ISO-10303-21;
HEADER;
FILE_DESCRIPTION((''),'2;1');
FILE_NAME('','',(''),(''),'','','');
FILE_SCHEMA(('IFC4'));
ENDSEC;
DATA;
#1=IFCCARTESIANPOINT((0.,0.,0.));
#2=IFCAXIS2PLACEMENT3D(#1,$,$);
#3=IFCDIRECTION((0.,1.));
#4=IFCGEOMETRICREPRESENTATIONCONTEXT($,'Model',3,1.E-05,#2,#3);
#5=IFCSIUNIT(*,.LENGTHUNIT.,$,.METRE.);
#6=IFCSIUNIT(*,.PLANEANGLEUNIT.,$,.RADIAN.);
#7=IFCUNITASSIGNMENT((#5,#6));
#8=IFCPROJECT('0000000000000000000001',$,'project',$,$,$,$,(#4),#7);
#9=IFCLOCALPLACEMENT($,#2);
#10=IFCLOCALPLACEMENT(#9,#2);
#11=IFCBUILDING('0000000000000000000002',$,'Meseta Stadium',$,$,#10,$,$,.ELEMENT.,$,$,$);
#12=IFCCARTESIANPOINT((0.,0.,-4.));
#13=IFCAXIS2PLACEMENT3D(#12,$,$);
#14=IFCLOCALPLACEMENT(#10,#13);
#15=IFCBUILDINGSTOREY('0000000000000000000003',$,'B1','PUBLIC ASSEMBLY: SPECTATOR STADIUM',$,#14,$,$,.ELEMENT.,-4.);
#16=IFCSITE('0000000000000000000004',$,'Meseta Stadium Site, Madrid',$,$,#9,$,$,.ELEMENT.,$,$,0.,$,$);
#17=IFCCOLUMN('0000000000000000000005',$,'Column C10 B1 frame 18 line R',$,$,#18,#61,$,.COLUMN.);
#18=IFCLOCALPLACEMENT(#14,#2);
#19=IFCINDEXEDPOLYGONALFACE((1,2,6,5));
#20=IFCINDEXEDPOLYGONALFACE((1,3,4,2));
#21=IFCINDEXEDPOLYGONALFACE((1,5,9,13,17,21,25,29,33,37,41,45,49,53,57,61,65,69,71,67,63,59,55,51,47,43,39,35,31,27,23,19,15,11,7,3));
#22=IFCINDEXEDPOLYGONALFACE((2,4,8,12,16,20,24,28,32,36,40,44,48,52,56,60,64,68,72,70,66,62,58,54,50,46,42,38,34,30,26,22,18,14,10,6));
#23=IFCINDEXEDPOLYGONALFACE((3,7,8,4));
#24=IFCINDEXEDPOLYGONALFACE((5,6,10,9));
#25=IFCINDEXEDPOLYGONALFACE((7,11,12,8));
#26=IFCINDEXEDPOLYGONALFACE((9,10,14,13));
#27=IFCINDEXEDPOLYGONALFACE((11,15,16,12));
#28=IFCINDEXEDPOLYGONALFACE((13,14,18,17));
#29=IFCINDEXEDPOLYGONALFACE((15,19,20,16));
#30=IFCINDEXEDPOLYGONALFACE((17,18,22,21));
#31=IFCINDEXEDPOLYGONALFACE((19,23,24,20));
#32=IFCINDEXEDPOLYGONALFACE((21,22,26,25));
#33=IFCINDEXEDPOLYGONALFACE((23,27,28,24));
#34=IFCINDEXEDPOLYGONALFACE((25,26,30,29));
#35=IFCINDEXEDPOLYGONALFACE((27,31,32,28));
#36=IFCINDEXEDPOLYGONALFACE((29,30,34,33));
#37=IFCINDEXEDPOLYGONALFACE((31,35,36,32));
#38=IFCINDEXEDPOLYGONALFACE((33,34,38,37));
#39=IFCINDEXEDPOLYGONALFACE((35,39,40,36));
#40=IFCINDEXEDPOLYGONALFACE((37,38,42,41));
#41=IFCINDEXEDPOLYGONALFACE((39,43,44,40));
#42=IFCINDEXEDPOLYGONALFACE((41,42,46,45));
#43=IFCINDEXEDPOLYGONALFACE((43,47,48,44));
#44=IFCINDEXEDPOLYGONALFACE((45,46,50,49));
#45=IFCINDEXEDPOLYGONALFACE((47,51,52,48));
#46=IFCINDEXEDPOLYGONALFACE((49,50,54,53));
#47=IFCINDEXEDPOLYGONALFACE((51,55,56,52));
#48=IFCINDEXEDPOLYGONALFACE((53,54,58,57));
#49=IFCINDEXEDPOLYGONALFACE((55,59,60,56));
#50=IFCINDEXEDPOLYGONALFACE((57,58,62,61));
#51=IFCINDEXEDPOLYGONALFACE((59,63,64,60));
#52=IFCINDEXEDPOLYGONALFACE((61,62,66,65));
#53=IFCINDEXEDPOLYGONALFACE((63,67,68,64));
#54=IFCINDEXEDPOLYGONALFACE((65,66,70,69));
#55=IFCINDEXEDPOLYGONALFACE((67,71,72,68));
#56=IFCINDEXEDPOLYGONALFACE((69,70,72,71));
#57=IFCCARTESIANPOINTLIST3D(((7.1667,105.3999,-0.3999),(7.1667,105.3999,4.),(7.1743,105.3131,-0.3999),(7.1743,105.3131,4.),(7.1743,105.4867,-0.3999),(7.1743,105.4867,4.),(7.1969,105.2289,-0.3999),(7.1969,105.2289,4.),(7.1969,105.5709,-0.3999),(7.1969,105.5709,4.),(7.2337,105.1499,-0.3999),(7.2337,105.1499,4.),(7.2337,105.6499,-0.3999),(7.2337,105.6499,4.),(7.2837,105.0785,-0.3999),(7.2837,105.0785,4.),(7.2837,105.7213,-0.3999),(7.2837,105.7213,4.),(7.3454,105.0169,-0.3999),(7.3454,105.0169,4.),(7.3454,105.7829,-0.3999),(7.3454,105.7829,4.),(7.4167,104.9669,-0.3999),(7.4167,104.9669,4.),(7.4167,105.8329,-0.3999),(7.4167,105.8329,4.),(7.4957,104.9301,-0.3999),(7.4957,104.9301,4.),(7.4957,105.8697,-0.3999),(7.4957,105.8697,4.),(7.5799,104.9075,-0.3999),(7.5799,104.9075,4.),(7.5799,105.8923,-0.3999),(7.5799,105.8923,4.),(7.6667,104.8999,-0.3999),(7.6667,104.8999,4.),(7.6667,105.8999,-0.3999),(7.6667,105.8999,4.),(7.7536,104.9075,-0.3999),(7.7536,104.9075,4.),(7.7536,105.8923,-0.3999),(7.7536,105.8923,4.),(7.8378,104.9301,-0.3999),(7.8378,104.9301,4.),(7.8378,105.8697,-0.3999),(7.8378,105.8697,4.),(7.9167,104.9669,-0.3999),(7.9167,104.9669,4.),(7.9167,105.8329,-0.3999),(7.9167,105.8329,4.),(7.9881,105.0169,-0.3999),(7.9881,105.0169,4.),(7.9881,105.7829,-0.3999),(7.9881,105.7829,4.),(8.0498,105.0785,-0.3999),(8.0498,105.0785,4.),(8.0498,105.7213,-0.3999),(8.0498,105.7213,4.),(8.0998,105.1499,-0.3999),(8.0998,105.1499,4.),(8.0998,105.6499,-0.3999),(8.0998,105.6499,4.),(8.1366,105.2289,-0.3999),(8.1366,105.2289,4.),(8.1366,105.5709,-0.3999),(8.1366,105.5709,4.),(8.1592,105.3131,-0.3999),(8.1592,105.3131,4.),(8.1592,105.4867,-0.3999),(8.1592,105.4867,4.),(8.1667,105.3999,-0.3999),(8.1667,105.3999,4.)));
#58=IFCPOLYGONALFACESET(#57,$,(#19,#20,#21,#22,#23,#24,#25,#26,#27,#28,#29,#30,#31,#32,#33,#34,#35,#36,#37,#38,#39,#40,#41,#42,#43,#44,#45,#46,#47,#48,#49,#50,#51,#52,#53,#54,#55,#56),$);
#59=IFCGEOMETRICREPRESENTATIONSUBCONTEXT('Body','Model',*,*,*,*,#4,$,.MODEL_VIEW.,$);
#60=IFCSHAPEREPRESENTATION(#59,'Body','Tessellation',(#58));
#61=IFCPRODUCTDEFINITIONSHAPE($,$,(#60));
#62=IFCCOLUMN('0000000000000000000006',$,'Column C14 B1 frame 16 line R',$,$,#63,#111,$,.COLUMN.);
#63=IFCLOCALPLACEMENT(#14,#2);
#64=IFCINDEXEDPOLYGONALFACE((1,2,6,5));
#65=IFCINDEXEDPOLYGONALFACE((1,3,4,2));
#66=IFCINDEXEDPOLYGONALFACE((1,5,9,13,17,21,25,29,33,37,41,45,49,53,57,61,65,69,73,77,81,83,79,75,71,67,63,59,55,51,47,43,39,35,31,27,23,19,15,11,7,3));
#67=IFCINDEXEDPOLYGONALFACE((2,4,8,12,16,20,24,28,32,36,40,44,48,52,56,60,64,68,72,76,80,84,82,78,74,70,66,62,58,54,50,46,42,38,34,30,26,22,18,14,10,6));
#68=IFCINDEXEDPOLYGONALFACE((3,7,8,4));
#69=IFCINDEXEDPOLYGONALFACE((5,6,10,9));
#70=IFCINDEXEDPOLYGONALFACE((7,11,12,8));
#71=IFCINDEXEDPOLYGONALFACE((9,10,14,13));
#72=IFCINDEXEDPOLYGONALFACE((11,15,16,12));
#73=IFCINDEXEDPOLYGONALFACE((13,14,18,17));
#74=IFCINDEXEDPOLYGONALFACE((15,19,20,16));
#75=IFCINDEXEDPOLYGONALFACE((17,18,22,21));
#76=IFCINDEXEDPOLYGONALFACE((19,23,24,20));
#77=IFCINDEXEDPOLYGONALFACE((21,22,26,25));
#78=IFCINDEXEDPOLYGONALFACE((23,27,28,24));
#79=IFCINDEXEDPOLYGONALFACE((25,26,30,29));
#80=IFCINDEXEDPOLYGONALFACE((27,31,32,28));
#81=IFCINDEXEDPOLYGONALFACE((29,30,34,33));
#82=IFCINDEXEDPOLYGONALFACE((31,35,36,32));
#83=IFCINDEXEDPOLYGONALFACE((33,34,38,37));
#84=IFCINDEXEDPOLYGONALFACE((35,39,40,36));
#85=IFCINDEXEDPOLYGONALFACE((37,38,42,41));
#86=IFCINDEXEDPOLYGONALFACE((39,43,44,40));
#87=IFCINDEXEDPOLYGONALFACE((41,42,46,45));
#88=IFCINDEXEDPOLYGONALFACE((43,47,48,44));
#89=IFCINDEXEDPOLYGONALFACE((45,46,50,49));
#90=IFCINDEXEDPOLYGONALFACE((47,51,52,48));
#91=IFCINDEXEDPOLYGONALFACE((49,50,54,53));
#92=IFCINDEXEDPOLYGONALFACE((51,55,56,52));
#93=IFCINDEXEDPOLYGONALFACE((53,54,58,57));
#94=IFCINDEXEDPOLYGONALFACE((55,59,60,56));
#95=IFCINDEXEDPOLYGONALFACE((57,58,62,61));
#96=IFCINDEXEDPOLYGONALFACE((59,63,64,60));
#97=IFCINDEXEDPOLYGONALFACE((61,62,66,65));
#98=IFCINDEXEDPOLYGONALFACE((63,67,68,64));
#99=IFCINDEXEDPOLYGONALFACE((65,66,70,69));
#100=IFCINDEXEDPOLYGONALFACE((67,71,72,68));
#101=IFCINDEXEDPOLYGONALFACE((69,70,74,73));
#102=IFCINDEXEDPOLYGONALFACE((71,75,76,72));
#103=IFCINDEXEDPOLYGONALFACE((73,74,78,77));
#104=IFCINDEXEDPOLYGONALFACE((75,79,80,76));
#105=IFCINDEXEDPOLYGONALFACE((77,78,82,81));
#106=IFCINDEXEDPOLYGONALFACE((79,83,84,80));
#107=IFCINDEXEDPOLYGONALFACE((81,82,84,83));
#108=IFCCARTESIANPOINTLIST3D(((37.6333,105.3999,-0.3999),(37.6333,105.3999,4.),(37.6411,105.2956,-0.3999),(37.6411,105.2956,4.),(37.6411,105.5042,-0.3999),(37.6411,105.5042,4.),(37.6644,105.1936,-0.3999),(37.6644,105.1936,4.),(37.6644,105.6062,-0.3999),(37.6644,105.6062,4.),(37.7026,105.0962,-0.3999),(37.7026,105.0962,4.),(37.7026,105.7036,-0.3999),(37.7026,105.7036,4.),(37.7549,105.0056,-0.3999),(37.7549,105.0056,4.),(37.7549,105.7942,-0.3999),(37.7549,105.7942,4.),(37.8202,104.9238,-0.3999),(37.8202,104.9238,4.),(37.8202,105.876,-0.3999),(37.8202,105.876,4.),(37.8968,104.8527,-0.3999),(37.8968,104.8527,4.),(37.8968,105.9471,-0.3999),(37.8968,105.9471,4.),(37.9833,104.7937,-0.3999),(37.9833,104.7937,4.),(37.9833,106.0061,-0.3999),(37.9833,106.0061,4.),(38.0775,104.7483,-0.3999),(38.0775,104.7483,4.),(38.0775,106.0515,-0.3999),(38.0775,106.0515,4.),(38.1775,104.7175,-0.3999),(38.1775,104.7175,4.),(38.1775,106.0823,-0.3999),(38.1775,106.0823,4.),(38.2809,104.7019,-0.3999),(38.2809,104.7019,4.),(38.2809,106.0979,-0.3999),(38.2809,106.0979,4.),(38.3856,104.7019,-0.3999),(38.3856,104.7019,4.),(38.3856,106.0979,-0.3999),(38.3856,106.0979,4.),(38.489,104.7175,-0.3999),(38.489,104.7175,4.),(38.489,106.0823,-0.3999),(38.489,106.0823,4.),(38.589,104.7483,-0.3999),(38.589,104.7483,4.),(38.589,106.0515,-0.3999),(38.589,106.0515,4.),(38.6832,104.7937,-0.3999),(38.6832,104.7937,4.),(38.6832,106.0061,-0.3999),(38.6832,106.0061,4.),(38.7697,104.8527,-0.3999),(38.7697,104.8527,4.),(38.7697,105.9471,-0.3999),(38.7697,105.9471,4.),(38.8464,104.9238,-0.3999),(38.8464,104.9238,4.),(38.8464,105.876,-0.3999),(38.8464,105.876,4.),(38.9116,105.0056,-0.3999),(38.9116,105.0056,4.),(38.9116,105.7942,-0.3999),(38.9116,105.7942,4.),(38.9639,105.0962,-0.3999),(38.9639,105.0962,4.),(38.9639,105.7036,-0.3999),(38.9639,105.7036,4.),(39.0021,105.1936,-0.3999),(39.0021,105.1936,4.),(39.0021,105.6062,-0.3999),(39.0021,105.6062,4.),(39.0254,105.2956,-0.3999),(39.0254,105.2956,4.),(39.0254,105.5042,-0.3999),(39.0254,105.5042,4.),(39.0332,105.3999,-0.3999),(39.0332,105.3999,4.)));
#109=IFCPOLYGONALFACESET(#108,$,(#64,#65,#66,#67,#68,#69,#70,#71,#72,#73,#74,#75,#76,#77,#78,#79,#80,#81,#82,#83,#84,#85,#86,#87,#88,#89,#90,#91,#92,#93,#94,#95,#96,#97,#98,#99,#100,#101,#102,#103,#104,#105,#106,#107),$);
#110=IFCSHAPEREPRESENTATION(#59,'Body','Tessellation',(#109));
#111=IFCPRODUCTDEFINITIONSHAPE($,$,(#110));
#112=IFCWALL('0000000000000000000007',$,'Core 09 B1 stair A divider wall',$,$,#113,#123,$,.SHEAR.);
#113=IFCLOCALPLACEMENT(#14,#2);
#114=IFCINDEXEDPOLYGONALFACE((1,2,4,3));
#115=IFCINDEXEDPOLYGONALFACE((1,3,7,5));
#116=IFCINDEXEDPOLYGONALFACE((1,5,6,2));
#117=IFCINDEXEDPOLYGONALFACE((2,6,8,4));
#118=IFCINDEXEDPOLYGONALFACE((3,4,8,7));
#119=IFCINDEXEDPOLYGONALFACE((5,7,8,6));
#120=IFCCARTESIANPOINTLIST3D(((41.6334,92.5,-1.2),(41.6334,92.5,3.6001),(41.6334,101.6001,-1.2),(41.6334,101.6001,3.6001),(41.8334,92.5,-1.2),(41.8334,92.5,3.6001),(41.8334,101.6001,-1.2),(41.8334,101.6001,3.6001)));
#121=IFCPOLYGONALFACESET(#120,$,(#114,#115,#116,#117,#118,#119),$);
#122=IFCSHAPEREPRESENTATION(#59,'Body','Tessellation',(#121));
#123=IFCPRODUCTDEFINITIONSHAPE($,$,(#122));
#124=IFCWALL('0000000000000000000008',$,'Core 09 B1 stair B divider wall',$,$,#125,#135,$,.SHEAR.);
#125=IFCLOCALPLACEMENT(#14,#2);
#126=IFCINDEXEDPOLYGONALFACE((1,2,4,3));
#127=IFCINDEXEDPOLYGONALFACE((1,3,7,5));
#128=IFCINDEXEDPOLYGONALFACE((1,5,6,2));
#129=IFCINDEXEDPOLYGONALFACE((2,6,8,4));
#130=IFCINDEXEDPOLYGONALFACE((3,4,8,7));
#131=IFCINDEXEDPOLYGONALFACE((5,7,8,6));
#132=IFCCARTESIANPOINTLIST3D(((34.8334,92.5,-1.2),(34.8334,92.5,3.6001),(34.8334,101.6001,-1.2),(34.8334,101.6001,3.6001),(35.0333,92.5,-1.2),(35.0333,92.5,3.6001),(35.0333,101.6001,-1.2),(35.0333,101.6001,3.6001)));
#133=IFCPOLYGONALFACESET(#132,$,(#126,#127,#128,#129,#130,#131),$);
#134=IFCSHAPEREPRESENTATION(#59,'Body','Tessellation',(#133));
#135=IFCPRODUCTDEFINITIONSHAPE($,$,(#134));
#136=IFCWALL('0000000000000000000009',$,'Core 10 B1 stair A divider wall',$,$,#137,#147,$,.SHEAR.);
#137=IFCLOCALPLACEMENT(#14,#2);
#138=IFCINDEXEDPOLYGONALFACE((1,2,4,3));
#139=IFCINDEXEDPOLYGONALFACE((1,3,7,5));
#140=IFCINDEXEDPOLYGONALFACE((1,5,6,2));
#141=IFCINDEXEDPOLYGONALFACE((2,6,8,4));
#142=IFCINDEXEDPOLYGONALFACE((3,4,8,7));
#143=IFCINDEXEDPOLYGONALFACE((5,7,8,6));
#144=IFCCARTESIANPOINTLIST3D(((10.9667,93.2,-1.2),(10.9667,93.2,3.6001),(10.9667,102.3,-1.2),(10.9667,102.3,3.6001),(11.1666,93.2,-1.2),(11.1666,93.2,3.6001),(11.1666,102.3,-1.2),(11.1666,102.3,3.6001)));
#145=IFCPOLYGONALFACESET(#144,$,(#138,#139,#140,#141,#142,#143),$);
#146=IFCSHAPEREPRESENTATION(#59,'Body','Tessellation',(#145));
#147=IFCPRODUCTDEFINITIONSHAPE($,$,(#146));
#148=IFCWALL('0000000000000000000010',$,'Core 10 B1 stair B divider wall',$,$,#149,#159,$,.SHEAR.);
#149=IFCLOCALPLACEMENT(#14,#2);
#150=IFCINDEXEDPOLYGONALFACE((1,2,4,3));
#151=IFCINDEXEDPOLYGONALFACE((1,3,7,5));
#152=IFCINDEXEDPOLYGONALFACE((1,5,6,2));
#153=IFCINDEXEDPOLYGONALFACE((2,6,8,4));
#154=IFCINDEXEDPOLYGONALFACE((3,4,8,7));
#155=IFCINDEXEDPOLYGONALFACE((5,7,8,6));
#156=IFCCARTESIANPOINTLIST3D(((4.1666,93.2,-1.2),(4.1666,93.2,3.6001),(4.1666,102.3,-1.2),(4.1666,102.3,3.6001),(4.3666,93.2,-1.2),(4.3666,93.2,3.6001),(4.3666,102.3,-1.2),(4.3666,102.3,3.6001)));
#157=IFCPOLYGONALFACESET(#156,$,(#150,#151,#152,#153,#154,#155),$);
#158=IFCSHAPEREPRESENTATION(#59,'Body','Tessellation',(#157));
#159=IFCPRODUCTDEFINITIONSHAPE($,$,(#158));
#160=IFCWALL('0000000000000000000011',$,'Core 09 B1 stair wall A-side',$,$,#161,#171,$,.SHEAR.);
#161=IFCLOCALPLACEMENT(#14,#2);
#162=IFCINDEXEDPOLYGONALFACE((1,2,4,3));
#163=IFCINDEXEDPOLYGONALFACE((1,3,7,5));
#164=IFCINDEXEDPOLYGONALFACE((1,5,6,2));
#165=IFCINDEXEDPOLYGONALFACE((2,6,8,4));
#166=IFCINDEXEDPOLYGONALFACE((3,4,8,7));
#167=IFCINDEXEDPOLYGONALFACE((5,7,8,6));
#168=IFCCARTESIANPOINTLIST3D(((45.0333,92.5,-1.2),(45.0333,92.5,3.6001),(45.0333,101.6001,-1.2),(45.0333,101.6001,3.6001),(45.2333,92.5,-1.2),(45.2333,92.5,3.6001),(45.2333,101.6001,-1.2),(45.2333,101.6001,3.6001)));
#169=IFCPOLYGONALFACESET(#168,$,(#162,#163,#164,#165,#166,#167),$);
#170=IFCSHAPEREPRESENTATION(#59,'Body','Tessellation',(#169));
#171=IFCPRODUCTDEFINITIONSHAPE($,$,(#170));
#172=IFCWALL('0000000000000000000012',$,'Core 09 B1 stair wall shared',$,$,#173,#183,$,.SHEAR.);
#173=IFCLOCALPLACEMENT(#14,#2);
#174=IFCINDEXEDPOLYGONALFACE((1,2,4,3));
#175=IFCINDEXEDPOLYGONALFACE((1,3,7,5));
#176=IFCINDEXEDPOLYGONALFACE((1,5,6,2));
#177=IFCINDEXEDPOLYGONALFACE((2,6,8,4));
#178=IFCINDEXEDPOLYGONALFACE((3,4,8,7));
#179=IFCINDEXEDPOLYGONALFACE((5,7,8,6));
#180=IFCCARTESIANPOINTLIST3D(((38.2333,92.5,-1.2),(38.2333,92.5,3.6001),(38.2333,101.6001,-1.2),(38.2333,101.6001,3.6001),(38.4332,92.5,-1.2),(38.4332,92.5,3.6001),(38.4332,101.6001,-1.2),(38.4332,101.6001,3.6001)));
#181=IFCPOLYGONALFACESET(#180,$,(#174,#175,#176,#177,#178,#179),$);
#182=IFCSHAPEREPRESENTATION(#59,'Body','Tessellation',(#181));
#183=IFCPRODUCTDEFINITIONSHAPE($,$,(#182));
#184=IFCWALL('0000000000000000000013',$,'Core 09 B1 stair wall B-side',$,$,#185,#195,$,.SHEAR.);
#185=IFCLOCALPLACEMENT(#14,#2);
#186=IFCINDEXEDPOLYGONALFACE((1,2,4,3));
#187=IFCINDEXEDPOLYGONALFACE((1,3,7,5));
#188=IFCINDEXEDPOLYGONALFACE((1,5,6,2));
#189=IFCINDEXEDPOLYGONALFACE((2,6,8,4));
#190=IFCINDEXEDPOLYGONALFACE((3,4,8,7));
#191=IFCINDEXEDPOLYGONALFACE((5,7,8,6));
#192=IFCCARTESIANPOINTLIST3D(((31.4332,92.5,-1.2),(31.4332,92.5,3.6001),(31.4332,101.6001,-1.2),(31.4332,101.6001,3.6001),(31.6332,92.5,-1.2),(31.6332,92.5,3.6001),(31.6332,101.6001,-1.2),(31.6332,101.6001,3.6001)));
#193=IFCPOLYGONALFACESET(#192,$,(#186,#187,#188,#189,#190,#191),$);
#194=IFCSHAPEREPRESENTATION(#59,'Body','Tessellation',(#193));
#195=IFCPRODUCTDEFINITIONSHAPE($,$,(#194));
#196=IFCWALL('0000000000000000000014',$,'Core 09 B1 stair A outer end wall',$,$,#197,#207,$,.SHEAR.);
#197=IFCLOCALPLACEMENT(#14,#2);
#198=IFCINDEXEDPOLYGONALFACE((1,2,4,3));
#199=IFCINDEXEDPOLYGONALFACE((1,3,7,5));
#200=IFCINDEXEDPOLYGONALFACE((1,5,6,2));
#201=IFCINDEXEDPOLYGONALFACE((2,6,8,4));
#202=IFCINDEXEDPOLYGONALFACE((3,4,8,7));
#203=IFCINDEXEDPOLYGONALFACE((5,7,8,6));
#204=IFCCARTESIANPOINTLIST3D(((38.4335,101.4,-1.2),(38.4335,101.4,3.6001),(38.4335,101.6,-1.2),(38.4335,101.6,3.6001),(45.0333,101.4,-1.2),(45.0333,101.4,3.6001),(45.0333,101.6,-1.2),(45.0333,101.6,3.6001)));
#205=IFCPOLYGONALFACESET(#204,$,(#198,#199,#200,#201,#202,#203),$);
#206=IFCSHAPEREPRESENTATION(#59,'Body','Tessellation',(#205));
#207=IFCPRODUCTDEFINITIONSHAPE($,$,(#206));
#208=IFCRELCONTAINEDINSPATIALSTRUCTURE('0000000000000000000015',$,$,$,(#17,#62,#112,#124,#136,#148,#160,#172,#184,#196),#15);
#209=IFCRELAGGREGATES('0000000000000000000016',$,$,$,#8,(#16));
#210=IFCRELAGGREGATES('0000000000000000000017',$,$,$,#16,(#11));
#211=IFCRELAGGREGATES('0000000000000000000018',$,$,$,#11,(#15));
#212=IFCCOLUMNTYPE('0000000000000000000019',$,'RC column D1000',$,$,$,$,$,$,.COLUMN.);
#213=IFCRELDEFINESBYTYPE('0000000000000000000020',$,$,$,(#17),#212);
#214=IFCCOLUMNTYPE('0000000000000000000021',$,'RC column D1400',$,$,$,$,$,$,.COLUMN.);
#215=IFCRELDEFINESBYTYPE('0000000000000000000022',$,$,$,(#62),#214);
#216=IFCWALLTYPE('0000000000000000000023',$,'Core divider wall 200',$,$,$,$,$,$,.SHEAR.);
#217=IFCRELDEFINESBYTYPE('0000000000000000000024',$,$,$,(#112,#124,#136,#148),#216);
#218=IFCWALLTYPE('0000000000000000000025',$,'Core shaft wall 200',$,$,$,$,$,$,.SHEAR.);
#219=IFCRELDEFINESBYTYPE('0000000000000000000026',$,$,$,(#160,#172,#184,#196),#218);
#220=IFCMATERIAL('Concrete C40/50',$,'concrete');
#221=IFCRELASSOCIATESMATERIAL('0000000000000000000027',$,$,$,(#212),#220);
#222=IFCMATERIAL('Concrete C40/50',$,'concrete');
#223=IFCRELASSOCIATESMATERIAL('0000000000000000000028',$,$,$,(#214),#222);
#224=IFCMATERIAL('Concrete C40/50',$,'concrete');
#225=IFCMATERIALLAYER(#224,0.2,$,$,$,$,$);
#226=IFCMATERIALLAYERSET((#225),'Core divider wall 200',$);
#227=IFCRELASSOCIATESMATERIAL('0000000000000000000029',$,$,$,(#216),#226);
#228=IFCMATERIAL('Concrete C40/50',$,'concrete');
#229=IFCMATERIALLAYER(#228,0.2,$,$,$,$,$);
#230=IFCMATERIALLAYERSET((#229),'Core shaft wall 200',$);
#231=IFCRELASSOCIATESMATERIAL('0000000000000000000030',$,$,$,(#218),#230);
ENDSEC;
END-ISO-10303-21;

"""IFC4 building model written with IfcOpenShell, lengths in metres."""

from ifc_helpers import new_model, si_unit, direction, frame, frame_2d, origin, origin_2d, place, context, subcontext, project, spatial, rectangle, circle, extrude, material, layer, layer_set, material_profile, profile_set, type_object, element, save


model = new_model("IFC4")

# Units and contexts
model_context = context("Model", 3, precision=1e-05, world=origin(), true_north=direction((0.0, 1.0)))
body_context = subcontext(model_context, "Body", "Model", "MODEL_VIEW")
ifc_project = project(units=[si_unit("LENGTHUNIT", "METRE"), si_unit("PLANEANGLEUNIT", "RADIAN")], contexts=[model_context])

# Site, building, storey
site_placement = place(None, origin())
site = spatial("IfcSite", under=ifc_project, at=site_placement, Name="Meseta Stadium Site, Madrid", CompositionType="ELEMENT", RefElevation=0.0)
building_placement = place(site_placement, origin())
building = spatial("IfcBuilding", under=site, at=building_placement, Name="Meseta Stadium", CompositionType="ELEMENT")
storey_placement = place(building_placement, frame((0.0, 0.0, -4.0)))
storey = spatial("IfcBuildingStorey", under=building, at=storey_placement, Name="B1", Description="PUBLIC ASSEMBLY: SPECTATOR STADIUM", CompositionType="ELEMENT", Elevation=-4.0)

# Columns
ifc_material_1 = material(Name="Concrete C40/50", Category="concrete")
ifc_material_profile_1 = material_profile(ifc_material_1, circle(Radius=0.5, at=origin_2d()), Name="RC D1000")
ifc_profile_set_1 = profile_set([ifc_material_profile_1], Name="Concrete C40/50")
column_type_1 = type_object("IfcColumnType", Name="RC column D1000", PredefinedType="COLUMN", material=ifc_profile_set_1)
column_1_placement = place(storey_placement, frame((7.6667, 105.3999, -0.3999), z_axis=(0.0, 0.0, 1.0), x_axis=(1.0, 0.0, 0.0)))
element("IfcColumn", 1, at=column_1_placement, inside=storey, type_object=column_type_1, Name="Column C10 B1 frame 18 line R", PredefinedType="COLUMN", context=body_context, shape_type="SweptSolid", body=[
    extrude(circle(Radius=0.5, at=origin_2d()), origin(), (0.0, 0.0, 1.0), 4.3999),
])
ifc_material_2 = material(Name="Concrete C40/50", Category="concrete")
ifc_material_profile_2 = material_profile(ifc_material_2, circle(Radius=0.7, at=origin_2d()), Name="RC D1400")
ifc_profile_set_2 = profile_set([ifc_material_profile_2], Name="Concrete C40/50")
column_type_2 = type_object("IfcColumnType", Name="RC column D1400", PredefinedType="COLUMN", material=ifc_profile_set_2)
column_2_placement = place(storey_placement, frame((38.3333, 105.3999, -0.3999), z_axis=(0.0, 0.0, 1.0), x_axis=(1.0, 0.0, 0.0)))
element("IfcColumn", 2, at=column_2_placement, inside=storey, type_object=column_type_2, Name="Column C14 B1 frame 16 line R", PredefinedType="COLUMN", context=body_context, shape_type="SweptSolid", body=[
    extrude(circle(Radius=0.7, at=origin_2d()), origin(), (0.0, 0.0, 1.0), 4.3999),
])

# Walls
ifc_material_3 = material(Name="Concrete C40/50", Category="concrete")
ifc_layer_1 = layer(ifc_material_3, 0.2)
ifc_layer_set_1 = layer_set([ifc_layer_1], Name="Core divider wall 200")
wall_type_1 = type_object("IfcWallType", Name="Core divider wall 200", PredefinedType="SHEAR", material=ifc_layer_set_1)
for number, where, z_axis, x_axis, name in (
    (3, (41.7334, 101.6001, -1.2), (0.0, 0.0, 1.0), (0.0, -1.0, 0.0), "Core 09 B1 stair A divider wall"),
    (4, (34.9333, 101.6001, -1.2), (0.0, 0.0, 1.0), (0.0, -1.0, 0.0), "Core 09 B1 stair B divider wall"),
    (5, (11.0667, 102.3, -1.2), (0.0, 0.0, 1.0), (0.0, -1.0, 0.0), "Core 10 B1 stair A divider wall"),
    (6, (4.2666, 102.3, -1.2), (0.0, 0.0, 1.0), (0.0, -1.0, 0.0), "Core 10 B1 stair B divider wall"),
):
    element("IfcWall", number, at=place(storey_placement, frame(where, z_axis=z_axis, x_axis=x_axis)), inside=storey, type_object=wall_type_1, Name=name, PredefinedType="SHEAR", context=body_context, shape_type="SweptSolid", body=[
        extrude(rectangle(XDim=9.1001, YDim=0.2, at=frame_2d((4.55, 0.0))), origin(), (0.0, 0.0, 1.0), 4.8),
    ])
ifc_material_4 = material(Name="Concrete C40/50", Category="concrete")
ifc_layer_2 = layer(ifc_material_4, 0.2)
ifc_layer_set_2 = layer_set([ifc_layer_2], Name="Core shaft wall 200")
wall_type_2 = type_object("IfcWallType", Name="Core shaft wall 200", PredefinedType="SHEAR", material=ifc_layer_set_2)
for number, where, z_axis, x_axis, name in (
    (7, (45.1333, 101.6001, -1.2), (0.0, 0.0, 1.0), (0.0, -1.0, 0.0), "Core 09 B1 stair wall A-side"),
    (8, (38.3333, 101.6001, -1.2), (0.0, 0.0, 1.0), (0.0, -1.0, 0.0), "Core 09 B1 stair wall shared"),
    (9, (31.5332, 101.6001, -1.2), (0.0, 0.0, 1.0), (0.0, -1.0, 0.0), "Core 09 B1 stair wall B-side"),
):
    element("IfcWall", number, at=place(storey_placement, frame(where, z_axis=z_axis, x_axis=x_axis)), inside=storey, type_object=wall_type_2, Name=name, PredefinedType="SHEAR", context=body_context, shape_type="SweptSolid", body=[
        extrude(rectangle(XDim=9.1001, YDim=0.2, at=frame_2d((4.55, 0.0))), origin(), (0.0, 0.0, 1.0), 4.8),
    ])
wall_1_placement = place(storey_placement, frame((45.0332, 101.5, -1.2), z_axis=(0.0, 0.0, 1.0), x_axis=(-1.0, 0.0, 0.0)))
element("IfcWall", 10, at=wall_1_placement, inside=storey, type_object=wall_type_2, Name="Core 09 B1 stair A outer end wall", PredefinedType="SHEAR", context=body_context, shape_type="SweptSolid", body=[
    extrude(rectangle(XDim=6.5999, YDim=0.2, at=frame_2d((3.2998, 0.0))), origin(), (0.0, 0.0, 1.0), 4.8),
])

save(model, "model.ifc")
